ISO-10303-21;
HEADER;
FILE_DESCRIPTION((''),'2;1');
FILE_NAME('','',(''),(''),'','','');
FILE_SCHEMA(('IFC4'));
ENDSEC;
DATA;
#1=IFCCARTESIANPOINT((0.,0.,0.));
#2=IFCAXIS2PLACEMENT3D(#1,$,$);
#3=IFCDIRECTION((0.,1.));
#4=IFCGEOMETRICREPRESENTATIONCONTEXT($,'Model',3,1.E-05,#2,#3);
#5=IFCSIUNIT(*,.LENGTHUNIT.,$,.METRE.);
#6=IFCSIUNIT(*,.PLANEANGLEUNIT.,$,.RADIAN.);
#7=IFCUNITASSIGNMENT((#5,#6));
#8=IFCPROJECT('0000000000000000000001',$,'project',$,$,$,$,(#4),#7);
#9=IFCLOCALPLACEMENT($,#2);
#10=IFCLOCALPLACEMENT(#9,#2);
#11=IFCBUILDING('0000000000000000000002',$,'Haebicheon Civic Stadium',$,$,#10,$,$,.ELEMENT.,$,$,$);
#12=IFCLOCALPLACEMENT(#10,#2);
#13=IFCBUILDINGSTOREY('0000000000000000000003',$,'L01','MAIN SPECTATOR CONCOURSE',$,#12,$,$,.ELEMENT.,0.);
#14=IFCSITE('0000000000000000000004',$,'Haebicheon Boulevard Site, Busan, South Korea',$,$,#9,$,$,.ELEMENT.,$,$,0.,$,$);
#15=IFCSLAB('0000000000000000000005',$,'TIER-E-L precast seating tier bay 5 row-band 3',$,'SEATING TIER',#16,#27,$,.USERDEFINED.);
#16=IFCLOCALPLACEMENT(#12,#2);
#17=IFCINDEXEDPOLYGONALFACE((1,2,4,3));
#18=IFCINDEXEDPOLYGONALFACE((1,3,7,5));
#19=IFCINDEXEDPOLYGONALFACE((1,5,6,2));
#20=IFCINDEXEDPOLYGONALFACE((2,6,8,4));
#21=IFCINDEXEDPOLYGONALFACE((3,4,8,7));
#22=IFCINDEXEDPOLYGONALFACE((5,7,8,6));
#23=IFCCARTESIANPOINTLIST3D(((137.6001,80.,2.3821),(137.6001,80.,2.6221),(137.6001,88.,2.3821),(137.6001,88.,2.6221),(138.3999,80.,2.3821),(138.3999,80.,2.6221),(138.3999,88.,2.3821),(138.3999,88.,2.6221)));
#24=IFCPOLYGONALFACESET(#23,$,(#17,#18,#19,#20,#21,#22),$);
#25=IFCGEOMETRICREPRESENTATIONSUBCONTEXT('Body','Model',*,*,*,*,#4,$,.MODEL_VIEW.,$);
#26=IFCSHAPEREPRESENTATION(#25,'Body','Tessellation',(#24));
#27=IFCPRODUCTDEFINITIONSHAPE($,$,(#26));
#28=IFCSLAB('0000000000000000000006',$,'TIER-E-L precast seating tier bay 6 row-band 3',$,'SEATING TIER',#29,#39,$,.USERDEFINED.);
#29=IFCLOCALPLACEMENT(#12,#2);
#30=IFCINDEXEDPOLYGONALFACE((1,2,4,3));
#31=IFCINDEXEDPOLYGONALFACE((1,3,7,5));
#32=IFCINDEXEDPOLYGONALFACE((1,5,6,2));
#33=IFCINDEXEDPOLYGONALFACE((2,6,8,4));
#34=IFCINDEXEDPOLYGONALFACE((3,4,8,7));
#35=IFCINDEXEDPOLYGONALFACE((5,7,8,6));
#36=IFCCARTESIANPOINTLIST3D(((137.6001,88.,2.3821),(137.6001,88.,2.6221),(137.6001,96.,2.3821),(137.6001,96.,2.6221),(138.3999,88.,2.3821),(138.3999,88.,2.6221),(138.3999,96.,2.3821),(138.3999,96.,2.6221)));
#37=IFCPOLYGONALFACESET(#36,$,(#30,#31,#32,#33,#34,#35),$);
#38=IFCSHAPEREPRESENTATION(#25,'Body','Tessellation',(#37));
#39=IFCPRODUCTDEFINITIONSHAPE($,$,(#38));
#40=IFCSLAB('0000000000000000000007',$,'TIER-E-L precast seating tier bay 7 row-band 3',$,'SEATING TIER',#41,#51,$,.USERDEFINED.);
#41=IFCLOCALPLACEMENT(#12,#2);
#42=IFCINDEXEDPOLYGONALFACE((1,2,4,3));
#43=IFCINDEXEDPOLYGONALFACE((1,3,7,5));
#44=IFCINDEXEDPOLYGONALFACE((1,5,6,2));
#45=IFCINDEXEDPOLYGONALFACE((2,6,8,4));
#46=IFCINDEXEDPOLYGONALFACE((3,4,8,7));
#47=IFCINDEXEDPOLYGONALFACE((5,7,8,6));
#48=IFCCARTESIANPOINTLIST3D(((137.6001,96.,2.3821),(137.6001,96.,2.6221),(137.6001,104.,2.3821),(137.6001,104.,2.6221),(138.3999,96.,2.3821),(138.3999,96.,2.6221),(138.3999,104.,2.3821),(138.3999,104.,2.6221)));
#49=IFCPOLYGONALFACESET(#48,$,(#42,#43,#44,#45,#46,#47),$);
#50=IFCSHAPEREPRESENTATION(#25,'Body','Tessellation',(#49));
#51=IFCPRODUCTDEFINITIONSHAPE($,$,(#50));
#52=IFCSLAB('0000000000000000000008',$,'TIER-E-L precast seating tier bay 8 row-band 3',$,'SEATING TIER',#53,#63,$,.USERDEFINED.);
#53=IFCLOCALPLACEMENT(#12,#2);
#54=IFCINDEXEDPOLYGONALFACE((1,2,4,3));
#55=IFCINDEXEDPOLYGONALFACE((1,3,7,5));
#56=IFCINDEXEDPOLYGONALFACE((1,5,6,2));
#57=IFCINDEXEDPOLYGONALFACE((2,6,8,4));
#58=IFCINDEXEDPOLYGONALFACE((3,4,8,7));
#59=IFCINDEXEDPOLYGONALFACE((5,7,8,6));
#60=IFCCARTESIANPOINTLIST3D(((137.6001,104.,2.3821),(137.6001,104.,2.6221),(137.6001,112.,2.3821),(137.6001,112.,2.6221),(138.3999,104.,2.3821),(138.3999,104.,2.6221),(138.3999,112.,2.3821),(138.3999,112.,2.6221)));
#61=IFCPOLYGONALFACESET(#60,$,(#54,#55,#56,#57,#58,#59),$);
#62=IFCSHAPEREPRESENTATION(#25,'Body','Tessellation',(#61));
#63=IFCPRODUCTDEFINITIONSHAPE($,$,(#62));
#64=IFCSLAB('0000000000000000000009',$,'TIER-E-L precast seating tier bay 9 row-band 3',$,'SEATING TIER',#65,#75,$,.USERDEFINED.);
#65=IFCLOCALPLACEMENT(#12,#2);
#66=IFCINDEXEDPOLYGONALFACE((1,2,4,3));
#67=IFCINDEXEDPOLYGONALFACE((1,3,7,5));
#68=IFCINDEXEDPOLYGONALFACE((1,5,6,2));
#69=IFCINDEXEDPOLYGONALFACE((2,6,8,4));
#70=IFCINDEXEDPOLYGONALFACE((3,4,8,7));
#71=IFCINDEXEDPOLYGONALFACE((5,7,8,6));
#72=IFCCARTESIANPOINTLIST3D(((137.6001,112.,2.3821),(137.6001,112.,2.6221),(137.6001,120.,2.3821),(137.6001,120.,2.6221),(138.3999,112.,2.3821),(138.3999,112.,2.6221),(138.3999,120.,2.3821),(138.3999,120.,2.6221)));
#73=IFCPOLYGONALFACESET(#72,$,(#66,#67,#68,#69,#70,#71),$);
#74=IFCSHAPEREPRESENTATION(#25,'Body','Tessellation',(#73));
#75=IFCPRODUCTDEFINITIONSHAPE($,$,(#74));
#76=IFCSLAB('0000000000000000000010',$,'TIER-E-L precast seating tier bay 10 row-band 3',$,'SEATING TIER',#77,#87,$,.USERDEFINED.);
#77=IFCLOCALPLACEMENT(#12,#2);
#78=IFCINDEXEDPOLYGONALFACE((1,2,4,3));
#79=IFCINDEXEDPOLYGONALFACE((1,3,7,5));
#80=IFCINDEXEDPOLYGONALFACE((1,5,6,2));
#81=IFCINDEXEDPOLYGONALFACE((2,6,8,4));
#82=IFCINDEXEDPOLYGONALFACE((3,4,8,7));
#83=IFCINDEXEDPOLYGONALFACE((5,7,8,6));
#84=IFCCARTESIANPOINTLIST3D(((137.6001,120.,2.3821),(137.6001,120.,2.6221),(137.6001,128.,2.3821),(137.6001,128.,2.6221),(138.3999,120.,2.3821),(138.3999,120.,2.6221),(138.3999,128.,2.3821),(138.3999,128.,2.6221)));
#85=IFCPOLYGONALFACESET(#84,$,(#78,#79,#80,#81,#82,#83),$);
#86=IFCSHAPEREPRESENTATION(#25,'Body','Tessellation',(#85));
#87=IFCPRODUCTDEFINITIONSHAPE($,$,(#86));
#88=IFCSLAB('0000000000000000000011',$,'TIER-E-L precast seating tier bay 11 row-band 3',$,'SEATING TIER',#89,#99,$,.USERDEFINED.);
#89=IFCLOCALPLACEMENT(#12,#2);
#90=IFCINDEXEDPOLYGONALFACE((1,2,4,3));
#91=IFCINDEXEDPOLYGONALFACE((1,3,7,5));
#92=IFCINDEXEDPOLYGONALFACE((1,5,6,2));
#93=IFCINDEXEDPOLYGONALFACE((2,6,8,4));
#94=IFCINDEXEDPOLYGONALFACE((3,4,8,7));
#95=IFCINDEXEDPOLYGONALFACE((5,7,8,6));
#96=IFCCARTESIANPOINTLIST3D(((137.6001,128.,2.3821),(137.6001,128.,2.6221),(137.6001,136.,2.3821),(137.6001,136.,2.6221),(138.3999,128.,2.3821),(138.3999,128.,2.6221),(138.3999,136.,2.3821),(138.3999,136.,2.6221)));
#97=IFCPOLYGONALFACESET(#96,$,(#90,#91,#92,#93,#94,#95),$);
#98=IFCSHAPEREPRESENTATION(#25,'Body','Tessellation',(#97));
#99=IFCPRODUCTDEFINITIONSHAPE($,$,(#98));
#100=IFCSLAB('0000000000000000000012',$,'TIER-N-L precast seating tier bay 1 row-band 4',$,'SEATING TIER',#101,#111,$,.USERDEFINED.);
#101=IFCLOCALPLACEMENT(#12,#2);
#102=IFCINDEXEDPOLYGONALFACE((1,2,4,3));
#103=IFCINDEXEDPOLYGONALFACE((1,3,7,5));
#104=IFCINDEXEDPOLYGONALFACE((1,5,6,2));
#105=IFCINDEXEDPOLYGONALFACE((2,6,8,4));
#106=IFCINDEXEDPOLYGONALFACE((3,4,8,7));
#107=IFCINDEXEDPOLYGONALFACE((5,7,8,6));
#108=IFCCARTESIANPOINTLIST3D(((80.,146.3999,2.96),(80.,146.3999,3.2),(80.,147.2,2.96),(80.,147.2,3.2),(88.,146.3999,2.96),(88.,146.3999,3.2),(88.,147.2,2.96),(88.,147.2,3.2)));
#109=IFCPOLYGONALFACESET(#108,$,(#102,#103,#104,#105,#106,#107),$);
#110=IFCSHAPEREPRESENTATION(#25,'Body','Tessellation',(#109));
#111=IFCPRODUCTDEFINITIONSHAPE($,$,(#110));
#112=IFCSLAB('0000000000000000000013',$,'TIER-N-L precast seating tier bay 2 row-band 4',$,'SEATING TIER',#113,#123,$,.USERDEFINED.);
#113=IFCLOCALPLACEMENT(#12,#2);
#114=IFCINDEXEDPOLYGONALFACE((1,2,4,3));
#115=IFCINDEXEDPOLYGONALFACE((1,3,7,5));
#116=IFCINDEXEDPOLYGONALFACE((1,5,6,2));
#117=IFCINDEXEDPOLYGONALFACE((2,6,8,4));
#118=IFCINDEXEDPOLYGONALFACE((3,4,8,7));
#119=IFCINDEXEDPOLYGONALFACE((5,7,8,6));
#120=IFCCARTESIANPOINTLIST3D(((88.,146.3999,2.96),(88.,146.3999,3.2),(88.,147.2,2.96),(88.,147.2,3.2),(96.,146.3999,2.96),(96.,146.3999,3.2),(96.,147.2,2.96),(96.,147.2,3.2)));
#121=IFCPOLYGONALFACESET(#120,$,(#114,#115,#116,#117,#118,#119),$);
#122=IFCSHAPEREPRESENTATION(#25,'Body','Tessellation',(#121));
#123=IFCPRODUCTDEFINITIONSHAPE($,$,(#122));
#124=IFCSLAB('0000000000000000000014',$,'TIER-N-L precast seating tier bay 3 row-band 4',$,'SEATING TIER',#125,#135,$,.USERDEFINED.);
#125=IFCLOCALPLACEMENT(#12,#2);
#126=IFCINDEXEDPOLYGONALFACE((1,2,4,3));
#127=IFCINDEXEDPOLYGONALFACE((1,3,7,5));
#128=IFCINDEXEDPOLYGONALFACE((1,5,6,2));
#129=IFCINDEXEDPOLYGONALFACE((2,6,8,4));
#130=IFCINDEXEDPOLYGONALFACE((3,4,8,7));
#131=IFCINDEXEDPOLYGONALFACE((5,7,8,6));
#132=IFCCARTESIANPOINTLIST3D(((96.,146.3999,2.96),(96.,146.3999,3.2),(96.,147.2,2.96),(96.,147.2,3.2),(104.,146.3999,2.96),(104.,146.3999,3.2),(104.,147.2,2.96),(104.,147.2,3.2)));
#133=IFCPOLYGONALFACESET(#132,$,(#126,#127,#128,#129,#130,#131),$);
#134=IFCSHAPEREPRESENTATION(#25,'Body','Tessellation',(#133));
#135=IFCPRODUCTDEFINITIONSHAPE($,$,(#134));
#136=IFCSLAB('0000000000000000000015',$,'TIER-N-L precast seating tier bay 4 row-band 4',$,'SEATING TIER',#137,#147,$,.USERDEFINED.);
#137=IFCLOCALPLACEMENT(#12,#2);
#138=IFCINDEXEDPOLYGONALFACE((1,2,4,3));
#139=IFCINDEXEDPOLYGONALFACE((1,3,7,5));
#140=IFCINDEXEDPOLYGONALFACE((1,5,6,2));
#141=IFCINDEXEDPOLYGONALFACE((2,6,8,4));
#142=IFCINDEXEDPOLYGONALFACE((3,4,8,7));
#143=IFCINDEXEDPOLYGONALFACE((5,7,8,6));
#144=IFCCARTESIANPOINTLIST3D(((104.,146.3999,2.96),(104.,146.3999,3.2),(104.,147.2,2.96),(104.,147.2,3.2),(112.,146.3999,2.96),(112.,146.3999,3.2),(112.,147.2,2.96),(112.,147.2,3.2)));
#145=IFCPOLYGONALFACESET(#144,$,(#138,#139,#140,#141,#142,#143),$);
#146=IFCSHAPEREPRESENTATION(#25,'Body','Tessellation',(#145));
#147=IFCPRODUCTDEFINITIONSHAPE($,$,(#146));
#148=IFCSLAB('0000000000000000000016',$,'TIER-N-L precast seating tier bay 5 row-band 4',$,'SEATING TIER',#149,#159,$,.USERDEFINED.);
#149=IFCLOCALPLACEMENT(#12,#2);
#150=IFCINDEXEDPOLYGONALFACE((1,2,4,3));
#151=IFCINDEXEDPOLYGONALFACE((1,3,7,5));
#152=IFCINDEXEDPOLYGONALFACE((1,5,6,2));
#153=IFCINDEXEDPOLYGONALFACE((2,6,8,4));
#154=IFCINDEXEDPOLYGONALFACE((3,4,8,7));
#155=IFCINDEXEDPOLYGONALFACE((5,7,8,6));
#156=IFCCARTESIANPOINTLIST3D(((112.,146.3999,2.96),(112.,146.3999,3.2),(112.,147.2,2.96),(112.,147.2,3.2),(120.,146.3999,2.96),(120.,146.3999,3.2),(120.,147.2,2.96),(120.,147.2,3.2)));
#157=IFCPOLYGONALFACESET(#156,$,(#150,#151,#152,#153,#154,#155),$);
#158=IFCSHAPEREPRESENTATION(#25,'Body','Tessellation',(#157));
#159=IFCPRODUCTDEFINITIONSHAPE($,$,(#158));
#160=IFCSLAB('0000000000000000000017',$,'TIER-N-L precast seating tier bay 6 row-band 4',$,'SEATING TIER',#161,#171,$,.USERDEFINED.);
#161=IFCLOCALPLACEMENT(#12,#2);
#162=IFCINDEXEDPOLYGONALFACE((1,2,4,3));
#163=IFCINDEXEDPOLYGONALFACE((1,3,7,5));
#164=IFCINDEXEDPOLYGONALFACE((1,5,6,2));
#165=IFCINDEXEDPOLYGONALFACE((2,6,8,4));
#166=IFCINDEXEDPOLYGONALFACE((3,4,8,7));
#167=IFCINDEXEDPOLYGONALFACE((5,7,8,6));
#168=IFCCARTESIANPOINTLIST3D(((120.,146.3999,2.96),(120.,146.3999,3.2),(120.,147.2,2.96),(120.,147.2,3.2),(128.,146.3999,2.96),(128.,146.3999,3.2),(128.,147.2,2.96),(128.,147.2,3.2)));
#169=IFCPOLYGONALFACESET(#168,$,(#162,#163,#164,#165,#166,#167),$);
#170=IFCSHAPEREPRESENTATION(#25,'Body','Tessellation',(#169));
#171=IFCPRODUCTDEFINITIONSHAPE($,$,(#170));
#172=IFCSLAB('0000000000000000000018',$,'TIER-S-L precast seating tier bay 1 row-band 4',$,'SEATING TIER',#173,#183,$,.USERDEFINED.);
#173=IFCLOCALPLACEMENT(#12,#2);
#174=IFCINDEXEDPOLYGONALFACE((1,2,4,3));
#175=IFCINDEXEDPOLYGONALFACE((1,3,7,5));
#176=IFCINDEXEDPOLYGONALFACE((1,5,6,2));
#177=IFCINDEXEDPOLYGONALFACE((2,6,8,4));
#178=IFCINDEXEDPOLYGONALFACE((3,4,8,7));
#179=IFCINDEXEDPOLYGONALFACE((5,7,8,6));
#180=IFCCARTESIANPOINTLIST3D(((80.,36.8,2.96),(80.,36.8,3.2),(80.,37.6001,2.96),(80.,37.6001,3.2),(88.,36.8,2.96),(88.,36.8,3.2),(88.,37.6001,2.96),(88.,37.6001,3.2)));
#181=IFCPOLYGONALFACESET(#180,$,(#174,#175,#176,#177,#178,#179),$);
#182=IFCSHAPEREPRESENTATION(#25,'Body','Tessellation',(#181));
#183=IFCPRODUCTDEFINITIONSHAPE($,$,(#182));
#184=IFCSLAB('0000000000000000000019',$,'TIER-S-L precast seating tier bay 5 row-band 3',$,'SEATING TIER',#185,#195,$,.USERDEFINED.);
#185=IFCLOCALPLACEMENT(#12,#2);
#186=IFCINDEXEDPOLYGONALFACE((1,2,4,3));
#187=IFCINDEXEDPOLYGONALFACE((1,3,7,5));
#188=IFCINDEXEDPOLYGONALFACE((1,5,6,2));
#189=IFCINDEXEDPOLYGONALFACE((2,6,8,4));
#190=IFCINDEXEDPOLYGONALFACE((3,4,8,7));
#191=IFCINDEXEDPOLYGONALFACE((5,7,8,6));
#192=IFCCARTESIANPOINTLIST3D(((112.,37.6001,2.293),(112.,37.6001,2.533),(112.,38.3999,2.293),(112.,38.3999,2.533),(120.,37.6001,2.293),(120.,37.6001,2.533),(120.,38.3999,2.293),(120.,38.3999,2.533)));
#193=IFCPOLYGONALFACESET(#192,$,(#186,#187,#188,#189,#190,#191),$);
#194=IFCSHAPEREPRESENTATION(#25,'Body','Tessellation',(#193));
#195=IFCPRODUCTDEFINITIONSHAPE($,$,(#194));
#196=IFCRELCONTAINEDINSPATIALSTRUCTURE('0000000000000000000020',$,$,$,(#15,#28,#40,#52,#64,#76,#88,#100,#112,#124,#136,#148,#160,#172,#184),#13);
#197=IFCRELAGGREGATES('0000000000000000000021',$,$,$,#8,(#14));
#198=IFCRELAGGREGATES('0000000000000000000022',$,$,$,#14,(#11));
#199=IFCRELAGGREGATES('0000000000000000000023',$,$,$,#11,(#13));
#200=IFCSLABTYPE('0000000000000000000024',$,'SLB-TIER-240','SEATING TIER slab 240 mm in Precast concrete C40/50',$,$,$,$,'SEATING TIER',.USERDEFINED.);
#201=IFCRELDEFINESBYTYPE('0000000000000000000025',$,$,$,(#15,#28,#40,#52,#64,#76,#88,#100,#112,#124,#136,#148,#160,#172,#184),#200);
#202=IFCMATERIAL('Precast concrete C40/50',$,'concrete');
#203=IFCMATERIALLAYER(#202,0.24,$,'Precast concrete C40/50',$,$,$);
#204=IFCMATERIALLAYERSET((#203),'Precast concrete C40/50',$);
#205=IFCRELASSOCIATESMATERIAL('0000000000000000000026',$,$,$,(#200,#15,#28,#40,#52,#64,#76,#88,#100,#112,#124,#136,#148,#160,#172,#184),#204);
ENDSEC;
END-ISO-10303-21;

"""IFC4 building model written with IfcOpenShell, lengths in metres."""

from ifc_helpers import new_model, si_unit, direction, frame, origin, place, context, subcontext, project, spatial, polyline, outline, extrude, material, layer, layer_set, type_object, element, save


model = new_model("IFC4")

# Units and contexts
model_context = context("Model", 3, precision=1e-05, world=origin(), true_north=direction((0.0, 1.0)))
body_context = subcontext(model_context, "Body", "Model", "MODEL_VIEW")
ifc_project = project(units=[si_unit("LENGTHUNIT", "METRE"), si_unit("PLANEANGLEUNIT", "RADIAN")], contexts=[model_context])

# Site, building, storey
site_placement = place(None, origin())
site = spatial("IfcSite", under=ifc_project, at=site_placement, Name="Haebicheon Boulevard Site, Busan, South Korea", CompositionType="ELEMENT", RefElevation=0.0)
building_placement = place(site_placement, origin())
building = spatial("IfcBuilding", under=site, at=building_placement, Name="Haebicheon Civic Stadium", CompositionType="ELEMENT")
storey_placement = place(building_placement, origin())
storey = spatial("IfcBuildingStorey", under=building, at=storey_placement, Name="L01", Description="MAIN SPECTATOR CONCOURSE", CompositionType="ELEMENT", Elevation=0.0)

# Slabs
ifc_material = material(Name="Precast concrete C40/50", Category="concrete")
ifc_layer = layer(ifc_material, 0.24, Name="Precast concrete C40/50")
ifc_layer_set = layer_set([ifc_layer], Name="Precast concrete C40/50")
slab_type = type_object("IfcSlabType", Name="SLB-TIER-240", Description="SEATING TIER slab 240 mm in Precast concrete C40/50", ElementType="SEATING TIER", PredefinedType="USERDEFINED", material=ifc_layer_set)
slab_1_placement = place(storey_placement, frame((0.0, 0.0, 2.3821)))
element("IfcSlab", 1, at=slab_1_placement, inside=storey, type_object=slab_type, material=ifc_layer_set, Name="TIER-E-L precast seating tier bay 5 row-band 3", ObjectType="SEATING TIER", PredefinedType="USERDEFINED", context=body_context, shape_type="SweptSolid", body=[
    extrude(outline(polyline([(137.6001, 80.0), (138.3999, 80.0), (138.3999, 88.0), (137.6001, 88.0), (137.6001, 80.0)])), origin(), (0.0, 0.0, 1.0), 0.24),
])
slab_2_placement = place(storey_placement, frame((0.0, 0.0, 2.3821)))
element("IfcSlab", 2, at=slab_2_placement, inside=storey, type_object=slab_type, material=ifc_layer_set, Name="TIER-E-L precast seating tier bay 6 row-band 3", ObjectType="SEATING TIER", PredefinedType="USERDEFINED", context=body_context, shape_type="SweptSolid", body=[
    extrude(outline(polyline([(137.6001, 88.0), (138.3999, 88.0), (138.3999, 96.0), (137.6001, 96.0), (137.6001, 88.0)])), origin(), (0.0, 0.0, 1.0), 0.24),
])
slab_3_placement = place(storey_placement, frame((0.0, 0.0, 2.3821)))
element("IfcSlab", 3, at=slab_3_placement, inside=storey, type_object=slab_type, material=ifc_layer_set, Name="TIER-E-L precast seating tier bay 7 row-band 3", ObjectType="SEATING TIER", PredefinedType="USERDEFINED", context=body_context, shape_type="SweptSolid", body=[
    extrude(outline(polyline([(137.6001, 96.0), (138.3999, 96.0), (138.3999, 104.0), (137.6001, 104.0), (137.6001, 96.0)])), origin(), (0.0, 0.0, 1.0), 0.24),
])
slab_4_placement = place(storey_placement, frame((0.0, 0.0, 2.3821)))
element("IfcSlab", 4, at=slab_4_placement, inside=storey, type_object=slab_type, material=ifc_layer_set, Name="TIER-E-L precast seating tier bay 8 row-band 3", ObjectType="SEATING TIER", PredefinedType="USERDEFINED", context=body_context, shape_type="SweptSolid", body=[
    extrude(outline(polyline([(137.6001, 104.0), (138.3999, 104.0), (138.3999, 112.0), (137.6001, 112.0), (137.6001, 104.0)])), origin(), (0.0, 0.0, 1.0), 0.24),
])
slab_5_placement = place(storey_placement, frame((0.0, 0.0, 2.3821)))
element("IfcSlab", 5, at=slab_5_placement, inside=storey, type_object=slab_type, material=ifc_layer_set, Name="TIER-E-L precast seating tier bay 9 row-band 3", ObjectType="SEATING TIER", PredefinedType="USERDEFINED", context=body_context, shape_type="SweptSolid", body=[
    extrude(outline(polyline([(137.6001, 112.0), (138.3999, 112.0), (138.3999, 120.0), (137.6001, 120.0), (137.6001, 112.0)])), origin(), (0.0, 0.0, 1.0), 0.24),
])
slab_6_placement = place(storey_placement, frame((0.0, 0.0, 2.3821)))
element("IfcSlab", 6, at=slab_6_placement, inside=storey, type_object=slab_type, material=ifc_layer_set, Name="TIER-E-L precast seating tier bay 10 row-band 3", ObjectType="SEATING TIER", PredefinedType="USERDEFINED", context=body_context, shape_type="SweptSolid", body=[
    extrude(outline(polyline([(137.6001, 120.0), (138.3999, 120.0), (138.3999, 128.0), (137.6001, 128.0), (137.6001, 120.0)])), origin(), (0.0, 0.0, 1.0), 0.24),
])
slab_7_placement = place(storey_placement, frame((0.0, 0.0, 2.3821)))
element("IfcSlab", 7, at=slab_7_placement, inside=storey, type_object=slab_type, material=ifc_layer_set, Name="TIER-E-L precast seating tier bay 11 row-band 3", ObjectType="SEATING TIER", PredefinedType="USERDEFINED", context=body_context, shape_type="SweptSolid", body=[
    extrude(outline(polyline([(137.6001, 128.0), (138.3999, 128.0), (138.3999, 136.0), (137.6001, 136.0), (137.6001, 128.0)])), origin(), (0.0, 0.0, 1.0), 0.24),
])
slab_8_placement = place(storey_placement, frame((0.0, 0.0, 2.96)))
element("IfcSlab", 8, at=slab_8_placement, inside=storey, type_object=slab_type, material=ifc_layer_set, Name="TIER-N-L precast seating tier bay 1 row-band 4", ObjectType="SEATING TIER", PredefinedType="USERDEFINED", context=body_context, shape_type="SweptSolid", body=[
    extrude(outline(polyline([(80.0, 146.3999), (88.0, 146.3999), (88.0, 147.2), (80.0, 147.2), (80.0, 146.3999)])), origin(), (0.0, 0.0, 1.0), 0.24),
])
slab_9_placement = place(storey_placement, frame((0.0, 0.0, 2.96)))
element("IfcSlab", 9, at=slab_9_placement, inside=storey, type_object=slab_type, material=ifc_layer_set, Name="TIER-N-L precast seating tier bay 2 row-band 4", ObjectType="SEATING TIER", PredefinedType="USERDEFINED", context=body_context, shape_type="SweptSolid", body=[
    extrude(outline(polyline([(88.0, 146.3999), (96.0, 146.3999), (96.0, 147.2), (88.0, 147.2), (88.0, 146.3999)])), origin(), (0.0, 0.0, 1.0), 0.24),
])
slab_10_placement = place(storey_placement, frame((0.0, 0.0, 2.96)))
element("IfcSlab", 10, at=slab_10_placement, inside=storey, type_object=slab_type, material=ifc_layer_set, Name="TIER-N-L precast seating tier bay 3 row-band 4", ObjectType="SEATING TIER", PredefinedType="USERDEFINED", context=body_context, shape_type="SweptSolid", body=[
    extrude(outline(polyline([(96.0, 146.3999), (104.0, 146.3999), (104.0, 147.2), (96.0, 147.2), (96.0, 146.3999)])), origin(), (0.0, 0.0, 1.0), 0.24),
])
slab_11_placement = place(storey_placement, frame((0.0, 0.0, 2.96)))
element("IfcSlab", 11, at=slab_11_placement, inside=storey, type_object=slab_type, material=ifc_layer_set, Name="TIER-N-L precast seating tier bay 4 row-band 4", ObjectType="SEATING TIER", PredefinedType="USERDEFINED", context=body_context, shape_type="SweptSolid", body=[
    extrude(outline(polyline([(104.0, 146.3999), (112.0, 146.3999), (112.0, 147.2), (104.0, 147.2), (104.0, 146.3999)])), origin(), (0.0, 0.0, 1.0), 0.24),
])
slab_12_placement = place(storey_placement, frame((0.0, 0.0, 2.96)))
element("IfcSlab", 12, at=slab_12_placement, inside=storey, type_object=slab_type, material=ifc_layer_set, Name="TIER-N-L precast seating tier bay 5 row-band 4", ObjectType="SEATING TIER", PredefinedType="USERDEFINED", context=body_context, shape_type="SweptSolid", body=[
    extrude(outline(polyline([(112.0, 146.3999), (120.0, 146.3999), (120.0, 147.2), (112.0, 147.2), (112.0, 146.3999)])), origin(), (0.0, 0.0, 1.0), 0.24),
])
slab_13_placement = place(storey_placement, frame((0.0, 0.0, 2.96)))
element("IfcSlab", 13, at=slab_13_placement, inside=storey, type_object=slab_type, material=ifc_layer_set, Name="TIER-N-L precast seating tier bay 6 row-band 4", ObjectType="SEATING TIER", PredefinedType="USERDEFINED", context=body_context, shape_type="SweptSolid", body=[
    extrude(outline(polyline([(120.0, 146.3999), (128.0, 146.3999), (128.0, 147.2), (120.0, 147.2), (120.0, 146.3999)])), origin(), (0.0, 0.0, 1.0), 0.24),
])
slab_14_placement = place(storey_placement, frame((0.0, 0.0, 2.96)))
element("IfcSlab", 14, at=slab_14_placement, inside=storey, type_object=slab_type, material=ifc_layer_set, Name="TIER-S-L precast seating tier bay 1 row-band 4", ObjectType="SEATING TIER", PredefinedType="USERDEFINED", context=body_context, shape_type="SweptSolid", body=[
    extrude(outline(polyline([(80.0, 36.8), (88.0, 36.8), (88.0, 37.6001), (80.0, 37.6001), (80.0, 36.8)])), origin(), (0.0, 0.0, 1.0), 0.24),
])
slab_15_placement = place(storey_placement, frame((0.0, 0.0, 2.293)))
element("IfcSlab", 15, at=slab_15_placement, inside=storey, type_object=slab_type, material=ifc_layer_set, Name="TIER-S-L precast seating tier bay 5 row-band 3", ObjectType="SEATING TIER", PredefinedType="USERDEFINED", context=body_context, shape_type="SweptSolid", body=[
    extrude(outline(polyline([(112.0, 37.6001), (120.0, 37.6001), (120.0, 38.3999), (112.0, 38.3999), (112.0, 37.6001)])), origin(), (0.0, 0.0, 1.0), 0.24),
])

save(model, "model.ifc")
